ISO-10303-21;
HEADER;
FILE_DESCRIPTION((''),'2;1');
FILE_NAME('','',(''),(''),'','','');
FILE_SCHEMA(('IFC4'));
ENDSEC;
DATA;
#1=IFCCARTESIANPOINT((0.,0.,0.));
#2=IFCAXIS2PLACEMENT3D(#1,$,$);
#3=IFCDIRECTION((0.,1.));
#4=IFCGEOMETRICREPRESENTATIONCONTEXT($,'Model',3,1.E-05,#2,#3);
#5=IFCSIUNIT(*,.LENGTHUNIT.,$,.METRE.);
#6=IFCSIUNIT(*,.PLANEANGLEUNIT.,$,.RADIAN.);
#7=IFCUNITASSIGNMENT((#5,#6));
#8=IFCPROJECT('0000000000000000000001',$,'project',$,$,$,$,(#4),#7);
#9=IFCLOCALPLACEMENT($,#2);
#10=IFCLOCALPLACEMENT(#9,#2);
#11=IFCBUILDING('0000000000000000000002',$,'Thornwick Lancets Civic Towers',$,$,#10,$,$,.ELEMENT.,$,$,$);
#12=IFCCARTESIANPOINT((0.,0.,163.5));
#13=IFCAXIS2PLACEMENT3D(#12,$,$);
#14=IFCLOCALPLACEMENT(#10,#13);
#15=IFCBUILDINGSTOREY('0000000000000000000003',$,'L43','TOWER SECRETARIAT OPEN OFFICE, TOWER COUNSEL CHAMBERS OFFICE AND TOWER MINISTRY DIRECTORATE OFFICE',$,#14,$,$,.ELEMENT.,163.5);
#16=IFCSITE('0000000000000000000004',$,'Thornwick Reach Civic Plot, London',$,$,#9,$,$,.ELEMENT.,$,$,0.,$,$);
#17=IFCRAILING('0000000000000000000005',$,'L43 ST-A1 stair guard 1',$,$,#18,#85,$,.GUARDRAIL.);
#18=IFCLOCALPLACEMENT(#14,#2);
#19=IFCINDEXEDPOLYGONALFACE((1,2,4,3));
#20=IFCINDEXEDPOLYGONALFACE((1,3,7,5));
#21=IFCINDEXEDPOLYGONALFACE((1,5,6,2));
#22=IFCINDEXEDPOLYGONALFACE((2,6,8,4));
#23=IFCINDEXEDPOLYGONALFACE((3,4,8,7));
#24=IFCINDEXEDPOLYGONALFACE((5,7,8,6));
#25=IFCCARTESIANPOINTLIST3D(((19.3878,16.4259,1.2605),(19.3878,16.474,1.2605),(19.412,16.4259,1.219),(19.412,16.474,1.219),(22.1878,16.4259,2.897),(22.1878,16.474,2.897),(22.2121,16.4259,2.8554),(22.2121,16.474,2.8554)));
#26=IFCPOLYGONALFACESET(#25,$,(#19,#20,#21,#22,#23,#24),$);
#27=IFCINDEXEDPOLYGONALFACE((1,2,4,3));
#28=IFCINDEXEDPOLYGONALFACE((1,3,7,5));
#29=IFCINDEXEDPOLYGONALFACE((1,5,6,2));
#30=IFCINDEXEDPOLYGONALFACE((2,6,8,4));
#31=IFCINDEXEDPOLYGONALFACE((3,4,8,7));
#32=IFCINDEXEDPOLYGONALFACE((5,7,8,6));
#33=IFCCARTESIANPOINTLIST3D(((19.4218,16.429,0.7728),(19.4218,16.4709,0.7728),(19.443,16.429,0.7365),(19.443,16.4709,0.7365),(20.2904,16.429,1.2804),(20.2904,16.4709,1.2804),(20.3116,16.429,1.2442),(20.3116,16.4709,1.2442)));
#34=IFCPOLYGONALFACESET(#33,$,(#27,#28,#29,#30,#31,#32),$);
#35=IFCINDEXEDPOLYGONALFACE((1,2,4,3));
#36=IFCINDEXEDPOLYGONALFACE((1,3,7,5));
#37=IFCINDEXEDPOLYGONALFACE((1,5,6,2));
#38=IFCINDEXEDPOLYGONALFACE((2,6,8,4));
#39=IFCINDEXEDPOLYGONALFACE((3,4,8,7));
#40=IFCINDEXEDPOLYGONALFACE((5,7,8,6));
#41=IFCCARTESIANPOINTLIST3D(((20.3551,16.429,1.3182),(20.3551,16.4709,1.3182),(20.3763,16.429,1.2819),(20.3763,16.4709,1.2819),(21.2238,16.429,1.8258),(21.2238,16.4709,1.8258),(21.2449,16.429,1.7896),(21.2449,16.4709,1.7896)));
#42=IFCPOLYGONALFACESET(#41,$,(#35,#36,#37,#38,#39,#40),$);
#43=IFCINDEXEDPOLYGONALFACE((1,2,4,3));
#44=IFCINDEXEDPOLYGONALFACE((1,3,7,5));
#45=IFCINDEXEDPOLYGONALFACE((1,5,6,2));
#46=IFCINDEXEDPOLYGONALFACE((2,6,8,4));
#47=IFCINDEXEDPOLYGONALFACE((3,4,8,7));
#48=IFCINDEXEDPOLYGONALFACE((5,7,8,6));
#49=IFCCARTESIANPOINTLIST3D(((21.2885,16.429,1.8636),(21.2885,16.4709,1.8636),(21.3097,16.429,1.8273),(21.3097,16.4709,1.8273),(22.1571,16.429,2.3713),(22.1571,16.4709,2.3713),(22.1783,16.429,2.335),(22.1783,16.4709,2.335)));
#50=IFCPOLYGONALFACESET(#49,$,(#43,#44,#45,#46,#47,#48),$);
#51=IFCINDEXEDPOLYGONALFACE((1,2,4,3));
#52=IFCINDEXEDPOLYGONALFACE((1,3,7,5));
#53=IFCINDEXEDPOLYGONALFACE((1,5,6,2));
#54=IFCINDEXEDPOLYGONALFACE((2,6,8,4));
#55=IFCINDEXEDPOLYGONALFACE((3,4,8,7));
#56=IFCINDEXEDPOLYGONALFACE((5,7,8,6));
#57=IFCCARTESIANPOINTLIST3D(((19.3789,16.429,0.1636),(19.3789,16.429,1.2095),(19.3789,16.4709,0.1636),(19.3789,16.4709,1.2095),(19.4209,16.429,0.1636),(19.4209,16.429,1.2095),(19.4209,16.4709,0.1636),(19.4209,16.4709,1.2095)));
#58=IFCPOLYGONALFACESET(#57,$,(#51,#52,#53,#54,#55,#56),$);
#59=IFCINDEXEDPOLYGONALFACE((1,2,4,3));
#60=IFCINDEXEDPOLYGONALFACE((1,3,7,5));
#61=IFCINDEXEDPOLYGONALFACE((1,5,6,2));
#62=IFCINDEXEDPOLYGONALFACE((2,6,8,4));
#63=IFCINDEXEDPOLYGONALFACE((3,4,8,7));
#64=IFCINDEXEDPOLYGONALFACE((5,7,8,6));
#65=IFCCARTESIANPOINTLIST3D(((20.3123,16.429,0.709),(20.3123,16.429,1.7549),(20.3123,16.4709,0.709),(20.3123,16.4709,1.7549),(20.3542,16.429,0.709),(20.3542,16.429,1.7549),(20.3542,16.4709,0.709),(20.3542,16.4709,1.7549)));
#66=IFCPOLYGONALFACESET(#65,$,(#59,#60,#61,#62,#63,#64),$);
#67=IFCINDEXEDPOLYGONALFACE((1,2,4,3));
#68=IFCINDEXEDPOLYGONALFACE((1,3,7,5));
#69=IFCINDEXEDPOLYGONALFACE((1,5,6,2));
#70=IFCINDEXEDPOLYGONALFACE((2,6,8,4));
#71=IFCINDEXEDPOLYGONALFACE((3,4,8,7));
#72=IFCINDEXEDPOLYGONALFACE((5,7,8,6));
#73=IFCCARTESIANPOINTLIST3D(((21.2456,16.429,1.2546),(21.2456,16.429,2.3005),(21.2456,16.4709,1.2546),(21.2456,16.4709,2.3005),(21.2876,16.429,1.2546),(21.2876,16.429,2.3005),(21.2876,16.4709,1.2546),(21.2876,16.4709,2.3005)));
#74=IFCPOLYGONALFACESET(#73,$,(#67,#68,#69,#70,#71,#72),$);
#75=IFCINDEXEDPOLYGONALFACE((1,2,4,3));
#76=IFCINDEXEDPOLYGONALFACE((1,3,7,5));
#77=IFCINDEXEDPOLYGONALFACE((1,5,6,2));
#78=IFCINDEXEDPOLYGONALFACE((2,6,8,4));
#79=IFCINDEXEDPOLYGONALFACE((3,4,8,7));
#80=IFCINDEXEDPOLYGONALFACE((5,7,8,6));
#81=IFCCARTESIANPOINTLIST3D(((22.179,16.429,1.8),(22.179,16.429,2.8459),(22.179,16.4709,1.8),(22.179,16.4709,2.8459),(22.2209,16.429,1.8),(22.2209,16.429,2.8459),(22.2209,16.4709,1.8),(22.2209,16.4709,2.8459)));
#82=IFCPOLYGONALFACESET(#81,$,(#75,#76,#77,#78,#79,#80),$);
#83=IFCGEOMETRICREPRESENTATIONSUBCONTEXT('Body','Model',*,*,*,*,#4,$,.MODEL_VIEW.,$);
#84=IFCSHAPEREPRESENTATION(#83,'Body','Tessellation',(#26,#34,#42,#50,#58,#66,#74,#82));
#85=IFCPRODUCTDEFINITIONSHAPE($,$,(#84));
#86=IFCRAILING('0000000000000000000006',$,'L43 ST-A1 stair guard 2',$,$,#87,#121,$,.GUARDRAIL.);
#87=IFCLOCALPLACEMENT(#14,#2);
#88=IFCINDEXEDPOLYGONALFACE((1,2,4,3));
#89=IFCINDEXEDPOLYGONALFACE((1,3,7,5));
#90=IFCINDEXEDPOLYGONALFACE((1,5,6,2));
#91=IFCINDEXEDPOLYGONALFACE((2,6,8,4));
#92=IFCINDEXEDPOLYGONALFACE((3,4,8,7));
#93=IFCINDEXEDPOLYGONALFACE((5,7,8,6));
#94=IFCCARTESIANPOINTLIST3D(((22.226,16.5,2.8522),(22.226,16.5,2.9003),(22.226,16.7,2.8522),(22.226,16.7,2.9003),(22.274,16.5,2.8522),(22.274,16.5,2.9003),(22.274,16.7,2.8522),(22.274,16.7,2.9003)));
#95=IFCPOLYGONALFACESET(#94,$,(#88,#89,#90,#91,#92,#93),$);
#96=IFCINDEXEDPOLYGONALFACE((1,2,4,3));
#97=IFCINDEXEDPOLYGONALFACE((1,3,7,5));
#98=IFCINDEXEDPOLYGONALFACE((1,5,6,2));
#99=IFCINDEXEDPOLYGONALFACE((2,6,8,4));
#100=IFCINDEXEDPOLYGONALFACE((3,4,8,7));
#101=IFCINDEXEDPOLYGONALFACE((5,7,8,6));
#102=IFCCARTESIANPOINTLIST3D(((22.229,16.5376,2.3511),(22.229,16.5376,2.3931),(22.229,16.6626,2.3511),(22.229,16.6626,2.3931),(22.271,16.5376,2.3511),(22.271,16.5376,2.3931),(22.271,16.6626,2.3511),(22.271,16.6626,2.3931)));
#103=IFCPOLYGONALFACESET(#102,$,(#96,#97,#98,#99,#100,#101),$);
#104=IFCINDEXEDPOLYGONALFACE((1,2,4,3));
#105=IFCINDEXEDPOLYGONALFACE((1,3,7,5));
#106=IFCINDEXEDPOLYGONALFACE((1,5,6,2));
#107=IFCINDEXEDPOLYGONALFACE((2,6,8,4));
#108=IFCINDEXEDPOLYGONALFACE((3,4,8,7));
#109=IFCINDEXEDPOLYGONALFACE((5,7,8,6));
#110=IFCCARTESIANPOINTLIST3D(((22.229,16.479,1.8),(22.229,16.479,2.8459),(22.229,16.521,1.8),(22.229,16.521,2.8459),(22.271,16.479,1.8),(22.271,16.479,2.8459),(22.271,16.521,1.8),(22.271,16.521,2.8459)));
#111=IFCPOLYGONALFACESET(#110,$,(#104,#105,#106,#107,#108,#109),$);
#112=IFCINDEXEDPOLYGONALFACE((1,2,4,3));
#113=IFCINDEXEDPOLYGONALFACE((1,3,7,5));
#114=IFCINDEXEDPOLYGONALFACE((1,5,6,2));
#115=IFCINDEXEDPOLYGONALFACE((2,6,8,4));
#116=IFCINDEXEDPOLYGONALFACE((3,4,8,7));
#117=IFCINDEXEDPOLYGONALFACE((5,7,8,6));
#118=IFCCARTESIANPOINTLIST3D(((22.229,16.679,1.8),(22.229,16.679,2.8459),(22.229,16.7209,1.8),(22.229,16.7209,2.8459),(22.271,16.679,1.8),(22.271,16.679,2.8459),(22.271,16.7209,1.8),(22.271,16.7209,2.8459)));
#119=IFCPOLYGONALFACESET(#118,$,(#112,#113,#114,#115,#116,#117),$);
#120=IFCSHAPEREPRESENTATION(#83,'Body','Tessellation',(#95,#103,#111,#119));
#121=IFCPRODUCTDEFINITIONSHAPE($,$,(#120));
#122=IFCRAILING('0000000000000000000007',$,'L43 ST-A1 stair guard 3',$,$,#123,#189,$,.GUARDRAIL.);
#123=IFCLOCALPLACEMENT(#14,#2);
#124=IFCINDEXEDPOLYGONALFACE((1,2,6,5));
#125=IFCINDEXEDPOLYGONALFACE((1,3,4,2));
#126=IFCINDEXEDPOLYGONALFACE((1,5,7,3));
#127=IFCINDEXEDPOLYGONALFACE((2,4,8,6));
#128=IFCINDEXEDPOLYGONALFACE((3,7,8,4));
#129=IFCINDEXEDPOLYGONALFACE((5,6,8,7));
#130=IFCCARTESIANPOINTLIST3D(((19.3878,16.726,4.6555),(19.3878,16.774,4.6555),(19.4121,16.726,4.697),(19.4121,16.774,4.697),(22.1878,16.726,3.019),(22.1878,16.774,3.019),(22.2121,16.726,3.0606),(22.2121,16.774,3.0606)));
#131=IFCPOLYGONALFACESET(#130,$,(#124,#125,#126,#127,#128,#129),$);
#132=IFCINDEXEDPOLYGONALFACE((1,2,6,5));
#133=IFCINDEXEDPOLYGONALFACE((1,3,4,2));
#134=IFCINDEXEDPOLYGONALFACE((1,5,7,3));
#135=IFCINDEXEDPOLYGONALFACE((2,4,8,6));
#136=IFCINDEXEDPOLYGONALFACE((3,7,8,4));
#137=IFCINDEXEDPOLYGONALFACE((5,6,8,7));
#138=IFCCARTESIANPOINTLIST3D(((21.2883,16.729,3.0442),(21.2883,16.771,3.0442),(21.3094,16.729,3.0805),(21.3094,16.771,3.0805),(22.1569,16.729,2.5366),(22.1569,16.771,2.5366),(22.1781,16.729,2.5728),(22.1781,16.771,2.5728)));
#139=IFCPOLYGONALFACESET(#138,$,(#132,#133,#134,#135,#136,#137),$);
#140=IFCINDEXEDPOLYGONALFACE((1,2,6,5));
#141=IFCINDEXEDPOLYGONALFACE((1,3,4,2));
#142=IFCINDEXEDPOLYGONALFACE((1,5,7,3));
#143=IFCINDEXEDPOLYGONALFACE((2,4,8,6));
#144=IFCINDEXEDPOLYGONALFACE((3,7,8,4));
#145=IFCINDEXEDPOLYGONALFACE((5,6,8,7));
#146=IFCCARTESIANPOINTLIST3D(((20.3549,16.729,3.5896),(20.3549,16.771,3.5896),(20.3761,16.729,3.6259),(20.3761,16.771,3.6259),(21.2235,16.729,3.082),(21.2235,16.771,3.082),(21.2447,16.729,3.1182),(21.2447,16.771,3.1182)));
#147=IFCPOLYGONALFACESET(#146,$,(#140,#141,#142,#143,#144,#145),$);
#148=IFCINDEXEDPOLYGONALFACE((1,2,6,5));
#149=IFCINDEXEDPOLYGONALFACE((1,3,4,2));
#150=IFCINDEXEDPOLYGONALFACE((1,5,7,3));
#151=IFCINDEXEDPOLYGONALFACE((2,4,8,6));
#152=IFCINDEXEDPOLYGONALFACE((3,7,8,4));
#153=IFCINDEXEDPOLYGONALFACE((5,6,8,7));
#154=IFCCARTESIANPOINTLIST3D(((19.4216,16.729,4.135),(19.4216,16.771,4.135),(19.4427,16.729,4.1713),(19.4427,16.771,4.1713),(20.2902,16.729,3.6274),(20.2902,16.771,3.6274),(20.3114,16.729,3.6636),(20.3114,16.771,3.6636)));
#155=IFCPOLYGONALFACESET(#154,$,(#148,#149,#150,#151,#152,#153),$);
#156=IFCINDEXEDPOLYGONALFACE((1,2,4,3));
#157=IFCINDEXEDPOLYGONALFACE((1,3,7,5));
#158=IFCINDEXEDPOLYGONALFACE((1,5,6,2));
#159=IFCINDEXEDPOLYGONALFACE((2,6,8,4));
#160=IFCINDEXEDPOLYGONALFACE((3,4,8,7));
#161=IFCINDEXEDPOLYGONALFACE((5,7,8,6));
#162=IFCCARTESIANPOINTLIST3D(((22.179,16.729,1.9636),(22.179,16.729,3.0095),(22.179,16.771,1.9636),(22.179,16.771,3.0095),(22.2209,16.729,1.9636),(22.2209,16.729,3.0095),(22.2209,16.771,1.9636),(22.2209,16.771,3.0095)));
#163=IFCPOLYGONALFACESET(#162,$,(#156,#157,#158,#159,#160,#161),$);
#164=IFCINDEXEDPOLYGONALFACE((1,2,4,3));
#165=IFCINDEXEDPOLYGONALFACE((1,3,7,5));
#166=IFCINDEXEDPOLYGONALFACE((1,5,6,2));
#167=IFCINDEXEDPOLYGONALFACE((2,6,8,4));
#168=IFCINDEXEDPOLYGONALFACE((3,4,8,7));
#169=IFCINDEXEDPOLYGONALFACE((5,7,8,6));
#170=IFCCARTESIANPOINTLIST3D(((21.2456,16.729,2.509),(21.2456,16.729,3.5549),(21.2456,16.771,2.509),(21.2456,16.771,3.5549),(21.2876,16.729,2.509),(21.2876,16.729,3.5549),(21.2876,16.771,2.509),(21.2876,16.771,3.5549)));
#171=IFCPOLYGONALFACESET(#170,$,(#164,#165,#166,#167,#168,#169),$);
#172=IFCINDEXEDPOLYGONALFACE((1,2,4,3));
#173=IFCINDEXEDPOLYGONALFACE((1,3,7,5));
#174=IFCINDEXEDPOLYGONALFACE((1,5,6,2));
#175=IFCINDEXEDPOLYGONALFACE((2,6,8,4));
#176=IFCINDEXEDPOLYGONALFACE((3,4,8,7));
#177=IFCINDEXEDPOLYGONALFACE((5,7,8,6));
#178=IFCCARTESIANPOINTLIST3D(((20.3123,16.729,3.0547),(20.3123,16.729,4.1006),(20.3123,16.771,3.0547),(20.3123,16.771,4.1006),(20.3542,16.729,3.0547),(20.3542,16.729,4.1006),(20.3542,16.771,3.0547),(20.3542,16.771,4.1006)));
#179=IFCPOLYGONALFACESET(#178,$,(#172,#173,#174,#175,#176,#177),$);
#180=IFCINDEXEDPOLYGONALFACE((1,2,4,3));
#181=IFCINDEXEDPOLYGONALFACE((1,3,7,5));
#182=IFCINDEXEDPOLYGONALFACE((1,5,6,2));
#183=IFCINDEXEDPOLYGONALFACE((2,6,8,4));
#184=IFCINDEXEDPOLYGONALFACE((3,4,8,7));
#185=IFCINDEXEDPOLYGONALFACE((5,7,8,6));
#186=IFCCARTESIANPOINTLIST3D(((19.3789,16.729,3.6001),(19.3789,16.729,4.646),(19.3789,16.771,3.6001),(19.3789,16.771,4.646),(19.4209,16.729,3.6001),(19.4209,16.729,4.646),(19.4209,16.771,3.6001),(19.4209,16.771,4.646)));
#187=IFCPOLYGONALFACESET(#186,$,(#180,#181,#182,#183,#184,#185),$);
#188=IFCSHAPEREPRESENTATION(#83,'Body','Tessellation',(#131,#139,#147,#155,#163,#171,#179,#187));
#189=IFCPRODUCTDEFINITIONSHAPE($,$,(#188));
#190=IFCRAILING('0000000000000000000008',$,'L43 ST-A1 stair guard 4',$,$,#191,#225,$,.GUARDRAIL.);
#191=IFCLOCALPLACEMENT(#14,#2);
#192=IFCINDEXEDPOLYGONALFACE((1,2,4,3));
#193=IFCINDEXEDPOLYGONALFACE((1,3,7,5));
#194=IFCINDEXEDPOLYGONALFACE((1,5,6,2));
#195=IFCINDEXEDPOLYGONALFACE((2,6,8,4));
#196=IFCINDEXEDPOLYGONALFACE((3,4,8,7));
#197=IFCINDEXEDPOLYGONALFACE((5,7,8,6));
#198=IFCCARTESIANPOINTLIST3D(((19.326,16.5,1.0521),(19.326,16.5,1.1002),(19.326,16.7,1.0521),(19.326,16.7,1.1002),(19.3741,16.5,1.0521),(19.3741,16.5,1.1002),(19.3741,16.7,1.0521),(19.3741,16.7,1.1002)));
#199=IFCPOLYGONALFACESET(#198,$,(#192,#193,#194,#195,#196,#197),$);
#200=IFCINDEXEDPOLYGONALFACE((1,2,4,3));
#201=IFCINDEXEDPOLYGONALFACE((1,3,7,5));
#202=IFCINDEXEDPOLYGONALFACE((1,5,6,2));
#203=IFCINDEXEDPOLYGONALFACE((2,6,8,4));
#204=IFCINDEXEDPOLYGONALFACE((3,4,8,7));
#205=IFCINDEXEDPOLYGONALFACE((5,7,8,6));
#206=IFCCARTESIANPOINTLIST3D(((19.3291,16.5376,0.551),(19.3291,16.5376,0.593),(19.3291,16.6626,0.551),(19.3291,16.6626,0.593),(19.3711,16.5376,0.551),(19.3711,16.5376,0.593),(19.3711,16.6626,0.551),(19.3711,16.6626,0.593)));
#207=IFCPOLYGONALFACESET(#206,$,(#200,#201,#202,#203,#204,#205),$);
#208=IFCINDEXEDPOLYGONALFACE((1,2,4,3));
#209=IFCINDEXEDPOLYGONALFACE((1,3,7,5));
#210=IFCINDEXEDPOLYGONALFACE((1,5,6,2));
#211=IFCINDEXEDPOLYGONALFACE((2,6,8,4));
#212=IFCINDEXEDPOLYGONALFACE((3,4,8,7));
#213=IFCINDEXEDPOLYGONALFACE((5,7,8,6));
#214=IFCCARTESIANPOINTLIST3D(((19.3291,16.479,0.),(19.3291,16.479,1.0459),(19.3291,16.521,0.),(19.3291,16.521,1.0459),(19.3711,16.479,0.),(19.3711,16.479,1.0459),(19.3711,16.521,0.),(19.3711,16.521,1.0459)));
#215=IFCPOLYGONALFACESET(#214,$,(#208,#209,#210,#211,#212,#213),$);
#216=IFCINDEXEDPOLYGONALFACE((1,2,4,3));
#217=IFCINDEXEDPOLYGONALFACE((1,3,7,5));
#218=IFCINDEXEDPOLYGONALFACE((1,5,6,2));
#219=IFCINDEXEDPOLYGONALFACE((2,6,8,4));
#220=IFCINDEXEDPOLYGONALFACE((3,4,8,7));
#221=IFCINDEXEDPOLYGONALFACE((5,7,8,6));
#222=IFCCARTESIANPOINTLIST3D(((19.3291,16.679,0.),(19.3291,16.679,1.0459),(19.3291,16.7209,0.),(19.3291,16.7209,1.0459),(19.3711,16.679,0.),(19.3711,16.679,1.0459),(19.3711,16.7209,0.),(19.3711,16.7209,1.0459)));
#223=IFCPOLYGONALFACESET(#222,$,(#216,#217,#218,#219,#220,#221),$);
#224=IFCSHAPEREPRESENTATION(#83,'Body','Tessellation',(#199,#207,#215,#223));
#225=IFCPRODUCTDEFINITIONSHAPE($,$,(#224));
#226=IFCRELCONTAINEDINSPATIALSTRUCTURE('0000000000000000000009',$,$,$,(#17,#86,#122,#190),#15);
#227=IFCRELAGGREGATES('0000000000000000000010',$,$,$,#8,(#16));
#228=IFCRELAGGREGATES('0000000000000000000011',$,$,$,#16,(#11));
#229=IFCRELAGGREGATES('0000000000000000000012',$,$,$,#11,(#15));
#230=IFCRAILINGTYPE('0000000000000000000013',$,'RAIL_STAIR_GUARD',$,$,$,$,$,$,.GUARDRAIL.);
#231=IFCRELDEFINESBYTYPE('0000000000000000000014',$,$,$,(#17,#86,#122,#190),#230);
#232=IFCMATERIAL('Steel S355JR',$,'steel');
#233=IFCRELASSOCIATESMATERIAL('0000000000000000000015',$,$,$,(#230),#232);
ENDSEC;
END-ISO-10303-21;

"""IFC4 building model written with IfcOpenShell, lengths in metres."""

from ifc_helpers import new_model, si_unit, direction, frame, origin, origin_2d, place, context, subcontext, project, spatial, rectangle, extrude, material, type_object, element, save


model = new_model("IFC4")

# Units and contexts
model_context = context("Model", 3, precision=1e-05, world=origin(), true_north=direction((0.0, 1.0)))
body_context = subcontext(model_context, "Body", "Model", "MODEL_VIEW")
ifc_project = project(units=[si_unit("LENGTHUNIT", "METRE"), si_unit("PLANEANGLEUNIT", "RADIAN")], contexts=[model_context])

# Site, building, storey
site_placement = place(None, origin())
site = spatial("IfcSite", under=ifc_project, at=site_placement, Name="Thornwick Reach Civic Plot, London", CompositionType="ELEMENT", RefElevation=0.0)
building_placement = place(site_placement, origin())
building = spatial("IfcBuilding", under=site, at=building_placement, Name="Thornwick Lancets Civic Towers", CompositionType="ELEMENT")
storey_placement = place(building_placement, frame((0.0, 0.0, 163.5)))
storey = spatial("IfcBuildingStorey", under=building, at=storey_placement, Name="L43", Description="TOWER SECRETARIAT OPEN OFFICE, TOWER COUNSEL CHAMBERS OFFICE AND TOWER MINISTRY DIRECTORATE OFFICE", CompositionType="ELEMENT", Elevation=163.5)

# Shared definitions
ifc_material_1 = material(Name="Steel S355JR", Category="steel")

# Railings
railing_type_1 = type_object("IfcRailingType", Name="RAIL_STAIR_GUARD", PredefinedType="GUARDRAIL", material=ifc_material_1)
railing_1_placement = place(storey_placement, frame((19.3999, 16.45, 0.1636)))
element("IfcRailing", 1, at=railing_1_placement, inside=storey, type_object=railing_type_1, Name="L43 ST-A1 stair guard 1", PredefinedType="GUARDRAIL", context=body_context, shape_type="SweptSolid", body=[
    extrude(rectangle(XDim=0.0481, YDim=0.0481, at=origin_2d()), frame((0.0, 0.0, 1.0762), z_axis=(0.863361, 0.0, 0.504587), x_axis=(0.0, 1.0, 0.0)), (0.0, 0.0, 1.0), 3.2432),
    extrude(rectangle(XDim=0.042, YDim=0.042, at=origin_2d()), frame((0.0325, 0.0, 0.5911), z_axis=(0.863361, 0.0, 0.504587), x_axis=(0.0, 1.0, 0.0)), (0.0, 0.0, 1.0), 1.0061),
    extrude(rectangle(XDim=0.042, YDim=0.042, at=origin_2d()), frame((0.9658, 0.0, 1.1365), z_axis=(0.863361, 0.0, 0.504587), x_axis=(0.0, 1.0, 0.0)), (0.0, 0.0, 1.0), 1.0061),
    extrude(rectangle(XDim=0.042, YDim=0.042, at=origin_2d()), frame((1.8992, 0.0, 1.6819), z_axis=(0.863361, 0.0, 0.504587), x_axis=(0.0, 1.0, 0.0)), (0.0, 0.0, 1.0), 1.0061),
    extrude(rectangle(XDim=0.042, YDim=0.042, at=origin_2d()), origin(), (0.0, 0.0, 1.0), 1.0459),
    extrude(rectangle(XDim=0.042, YDim=0.042, at=origin_2d()), frame((0.9333, 0.0, 0.5454)), (0.0, 0.0, 1.0), 1.0459),
    extrude(rectangle(XDim=0.042, YDim=0.042, at=origin_2d()), frame((1.8667, 0.0, 1.0911)), (0.0, 0.0, 1.0), 1.0459),
    extrude(rectangle(XDim=0.042, YDim=0.042, at=origin_2d()), frame((2.8, 0.0, 1.6365)), (0.0, 0.0, 1.0), 1.0459),
])
railing_2_placement = place(storey_placement, frame((22.25, 16.5, 1.8)))
element("IfcRailing", 2, at=railing_2_placement, inside=storey, type_object=railing_type_1, Name="L43 ST-A1 stair guard 2", PredefinedType="GUARDRAIL", context=body_context, shape_type="SweptSolid", body=[
    extrude(rectangle(XDim=0.0481, YDim=0.0481, at=origin_2d()), frame((0.0, 0.0, 1.0762), z_axis=(0.0, 1.0, 0.0), x_axis=(-1.0, 0.0, 0.0)), (0.0, 0.0, 1.0), 0.2),
    extrude(rectangle(XDim=0.042, YDim=0.042, at=origin_2d()), frame((0.0, 0.0376, 0.572), z_axis=(0.0, 1.0, 0.0), x_axis=(-1.0, 0.0, 0.0)), (0.0, 0.0, 1.0), 0.125),
    extrude(rectangle(XDim=0.042, YDim=0.042, at=origin_2d()), origin(), (0.0, 0.0, 1.0), 1.0459),
    extrude(rectangle(XDim=0.042, YDim=0.042, at=origin_2d()), frame((0.0, 0.2, 0.0)), (0.0, 0.0, 1.0), 1.0459),
])
railing_3_placement = place(storey_placement, frame((22.2, 16.75, 1.9636)))
element("IfcRailing", 3, at=railing_3_placement, inside=storey, type_object=railing_type_1, Name="L43 ST-A1 stair guard 3", PredefinedType="GUARDRAIL", context=body_context, shape_type="SweptSolid", body=[
    extrude(rectangle(XDim=0.0481, YDim=0.0481, at=origin_2d()), frame((0.0, 0.0, 1.0762), z_axis=(-0.863361, 0.0, 0.504587), x_axis=(0.0, -1.0, 0.0)), (0.0, 0.0, 1.0), 3.2432),
    extrude(rectangle(XDim=0.042, YDim=0.042, at=origin_2d()), frame((-0.0325, 0.0, 0.5911), z_axis=(-0.863361, 0.0, 0.504587), x_axis=(0.0, -1.0, 0.0)), (0.0, 0.0, 1.0), 1.0061),
    extrude(rectangle(XDim=0.042, YDim=0.042, at=origin_2d()), frame((-0.9658, 0.0, 1.1365), z_axis=(-0.863361, 0.0, 0.504587), x_axis=(0.0, -1.0, 0.0)), (0.0, 0.0, 1.0), 1.0061),
    extrude(rectangle(XDim=0.042, YDim=0.042, at=origin_2d()), frame((-1.8992, 0.0, 1.6819), z_axis=(-0.863361, 0.0, 0.504587), x_axis=(0.0, -1.0, 0.0)), (0.0, 0.0, 1.0), 1.0061),
    extrude(rectangle(XDim=0.042, YDim=0.042, at=origin_2d()), origin(), (0.0, 0.0, 1.0), 1.0459),
    extrude(rectangle(XDim=0.042, YDim=0.042, at=origin_2d()), frame((-0.9333, 0.0, 0.5454)), (0.0, 0.0, 1.0), 1.0459),
    extrude(rectangle(XDim=0.042, YDim=0.042, at=origin_2d()), frame((-1.8667, 0.0, 1.0911)), (0.0, 0.0, 1.0), 1.0459),
    extrude(rectangle(XDim=0.042, YDim=0.042, at=origin_2d()), frame((-2.8, 0.0, 1.6365)), (0.0, 0.0, 1.0), 1.0459),
])
railing_4_placement = place(storey_placement, frame((19.3501, 16.5, 0.0)))
element("IfcRailing", 4, at=railing_4_placement, inside=storey, type_object=railing_type_1, Name="L43 ST-A1 stair guard 4", PredefinedType="GUARDRAIL", context=body_context, shape_type="SweptSolid", body=[
    extrude(rectangle(XDim=0.0481, YDim=0.0481, at=origin_2d()), frame((0.0, 0.0, 1.0762), z_axis=(0.0, 1.0, 0.0), x_axis=(-1.0, 0.0, 0.0)), (0.0, 0.0, 1.0), 0.2),
    extrude(rectangle(XDim=0.042, YDim=0.042, at=origin_2d()), frame((0.0, 0.0376, 0.572), z_axis=(0.0, 1.0, 0.0), x_axis=(-1.0, 0.0, 0.0)), (0.0, 0.0, 1.0), 0.125),
    extrude(rectangle(XDim=0.042, YDim=0.042, at=origin_2d()), origin(), (0.0, 0.0, 1.0), 1.0459),
    extrude(rectangle(XDim=0.042, YDim=0.042, at=origin_2d()), frame((0.0, 0.2, 0.0)), (0.0, 0.0, 1.0), 1.0459),
])

save(model, "model.ifc")
